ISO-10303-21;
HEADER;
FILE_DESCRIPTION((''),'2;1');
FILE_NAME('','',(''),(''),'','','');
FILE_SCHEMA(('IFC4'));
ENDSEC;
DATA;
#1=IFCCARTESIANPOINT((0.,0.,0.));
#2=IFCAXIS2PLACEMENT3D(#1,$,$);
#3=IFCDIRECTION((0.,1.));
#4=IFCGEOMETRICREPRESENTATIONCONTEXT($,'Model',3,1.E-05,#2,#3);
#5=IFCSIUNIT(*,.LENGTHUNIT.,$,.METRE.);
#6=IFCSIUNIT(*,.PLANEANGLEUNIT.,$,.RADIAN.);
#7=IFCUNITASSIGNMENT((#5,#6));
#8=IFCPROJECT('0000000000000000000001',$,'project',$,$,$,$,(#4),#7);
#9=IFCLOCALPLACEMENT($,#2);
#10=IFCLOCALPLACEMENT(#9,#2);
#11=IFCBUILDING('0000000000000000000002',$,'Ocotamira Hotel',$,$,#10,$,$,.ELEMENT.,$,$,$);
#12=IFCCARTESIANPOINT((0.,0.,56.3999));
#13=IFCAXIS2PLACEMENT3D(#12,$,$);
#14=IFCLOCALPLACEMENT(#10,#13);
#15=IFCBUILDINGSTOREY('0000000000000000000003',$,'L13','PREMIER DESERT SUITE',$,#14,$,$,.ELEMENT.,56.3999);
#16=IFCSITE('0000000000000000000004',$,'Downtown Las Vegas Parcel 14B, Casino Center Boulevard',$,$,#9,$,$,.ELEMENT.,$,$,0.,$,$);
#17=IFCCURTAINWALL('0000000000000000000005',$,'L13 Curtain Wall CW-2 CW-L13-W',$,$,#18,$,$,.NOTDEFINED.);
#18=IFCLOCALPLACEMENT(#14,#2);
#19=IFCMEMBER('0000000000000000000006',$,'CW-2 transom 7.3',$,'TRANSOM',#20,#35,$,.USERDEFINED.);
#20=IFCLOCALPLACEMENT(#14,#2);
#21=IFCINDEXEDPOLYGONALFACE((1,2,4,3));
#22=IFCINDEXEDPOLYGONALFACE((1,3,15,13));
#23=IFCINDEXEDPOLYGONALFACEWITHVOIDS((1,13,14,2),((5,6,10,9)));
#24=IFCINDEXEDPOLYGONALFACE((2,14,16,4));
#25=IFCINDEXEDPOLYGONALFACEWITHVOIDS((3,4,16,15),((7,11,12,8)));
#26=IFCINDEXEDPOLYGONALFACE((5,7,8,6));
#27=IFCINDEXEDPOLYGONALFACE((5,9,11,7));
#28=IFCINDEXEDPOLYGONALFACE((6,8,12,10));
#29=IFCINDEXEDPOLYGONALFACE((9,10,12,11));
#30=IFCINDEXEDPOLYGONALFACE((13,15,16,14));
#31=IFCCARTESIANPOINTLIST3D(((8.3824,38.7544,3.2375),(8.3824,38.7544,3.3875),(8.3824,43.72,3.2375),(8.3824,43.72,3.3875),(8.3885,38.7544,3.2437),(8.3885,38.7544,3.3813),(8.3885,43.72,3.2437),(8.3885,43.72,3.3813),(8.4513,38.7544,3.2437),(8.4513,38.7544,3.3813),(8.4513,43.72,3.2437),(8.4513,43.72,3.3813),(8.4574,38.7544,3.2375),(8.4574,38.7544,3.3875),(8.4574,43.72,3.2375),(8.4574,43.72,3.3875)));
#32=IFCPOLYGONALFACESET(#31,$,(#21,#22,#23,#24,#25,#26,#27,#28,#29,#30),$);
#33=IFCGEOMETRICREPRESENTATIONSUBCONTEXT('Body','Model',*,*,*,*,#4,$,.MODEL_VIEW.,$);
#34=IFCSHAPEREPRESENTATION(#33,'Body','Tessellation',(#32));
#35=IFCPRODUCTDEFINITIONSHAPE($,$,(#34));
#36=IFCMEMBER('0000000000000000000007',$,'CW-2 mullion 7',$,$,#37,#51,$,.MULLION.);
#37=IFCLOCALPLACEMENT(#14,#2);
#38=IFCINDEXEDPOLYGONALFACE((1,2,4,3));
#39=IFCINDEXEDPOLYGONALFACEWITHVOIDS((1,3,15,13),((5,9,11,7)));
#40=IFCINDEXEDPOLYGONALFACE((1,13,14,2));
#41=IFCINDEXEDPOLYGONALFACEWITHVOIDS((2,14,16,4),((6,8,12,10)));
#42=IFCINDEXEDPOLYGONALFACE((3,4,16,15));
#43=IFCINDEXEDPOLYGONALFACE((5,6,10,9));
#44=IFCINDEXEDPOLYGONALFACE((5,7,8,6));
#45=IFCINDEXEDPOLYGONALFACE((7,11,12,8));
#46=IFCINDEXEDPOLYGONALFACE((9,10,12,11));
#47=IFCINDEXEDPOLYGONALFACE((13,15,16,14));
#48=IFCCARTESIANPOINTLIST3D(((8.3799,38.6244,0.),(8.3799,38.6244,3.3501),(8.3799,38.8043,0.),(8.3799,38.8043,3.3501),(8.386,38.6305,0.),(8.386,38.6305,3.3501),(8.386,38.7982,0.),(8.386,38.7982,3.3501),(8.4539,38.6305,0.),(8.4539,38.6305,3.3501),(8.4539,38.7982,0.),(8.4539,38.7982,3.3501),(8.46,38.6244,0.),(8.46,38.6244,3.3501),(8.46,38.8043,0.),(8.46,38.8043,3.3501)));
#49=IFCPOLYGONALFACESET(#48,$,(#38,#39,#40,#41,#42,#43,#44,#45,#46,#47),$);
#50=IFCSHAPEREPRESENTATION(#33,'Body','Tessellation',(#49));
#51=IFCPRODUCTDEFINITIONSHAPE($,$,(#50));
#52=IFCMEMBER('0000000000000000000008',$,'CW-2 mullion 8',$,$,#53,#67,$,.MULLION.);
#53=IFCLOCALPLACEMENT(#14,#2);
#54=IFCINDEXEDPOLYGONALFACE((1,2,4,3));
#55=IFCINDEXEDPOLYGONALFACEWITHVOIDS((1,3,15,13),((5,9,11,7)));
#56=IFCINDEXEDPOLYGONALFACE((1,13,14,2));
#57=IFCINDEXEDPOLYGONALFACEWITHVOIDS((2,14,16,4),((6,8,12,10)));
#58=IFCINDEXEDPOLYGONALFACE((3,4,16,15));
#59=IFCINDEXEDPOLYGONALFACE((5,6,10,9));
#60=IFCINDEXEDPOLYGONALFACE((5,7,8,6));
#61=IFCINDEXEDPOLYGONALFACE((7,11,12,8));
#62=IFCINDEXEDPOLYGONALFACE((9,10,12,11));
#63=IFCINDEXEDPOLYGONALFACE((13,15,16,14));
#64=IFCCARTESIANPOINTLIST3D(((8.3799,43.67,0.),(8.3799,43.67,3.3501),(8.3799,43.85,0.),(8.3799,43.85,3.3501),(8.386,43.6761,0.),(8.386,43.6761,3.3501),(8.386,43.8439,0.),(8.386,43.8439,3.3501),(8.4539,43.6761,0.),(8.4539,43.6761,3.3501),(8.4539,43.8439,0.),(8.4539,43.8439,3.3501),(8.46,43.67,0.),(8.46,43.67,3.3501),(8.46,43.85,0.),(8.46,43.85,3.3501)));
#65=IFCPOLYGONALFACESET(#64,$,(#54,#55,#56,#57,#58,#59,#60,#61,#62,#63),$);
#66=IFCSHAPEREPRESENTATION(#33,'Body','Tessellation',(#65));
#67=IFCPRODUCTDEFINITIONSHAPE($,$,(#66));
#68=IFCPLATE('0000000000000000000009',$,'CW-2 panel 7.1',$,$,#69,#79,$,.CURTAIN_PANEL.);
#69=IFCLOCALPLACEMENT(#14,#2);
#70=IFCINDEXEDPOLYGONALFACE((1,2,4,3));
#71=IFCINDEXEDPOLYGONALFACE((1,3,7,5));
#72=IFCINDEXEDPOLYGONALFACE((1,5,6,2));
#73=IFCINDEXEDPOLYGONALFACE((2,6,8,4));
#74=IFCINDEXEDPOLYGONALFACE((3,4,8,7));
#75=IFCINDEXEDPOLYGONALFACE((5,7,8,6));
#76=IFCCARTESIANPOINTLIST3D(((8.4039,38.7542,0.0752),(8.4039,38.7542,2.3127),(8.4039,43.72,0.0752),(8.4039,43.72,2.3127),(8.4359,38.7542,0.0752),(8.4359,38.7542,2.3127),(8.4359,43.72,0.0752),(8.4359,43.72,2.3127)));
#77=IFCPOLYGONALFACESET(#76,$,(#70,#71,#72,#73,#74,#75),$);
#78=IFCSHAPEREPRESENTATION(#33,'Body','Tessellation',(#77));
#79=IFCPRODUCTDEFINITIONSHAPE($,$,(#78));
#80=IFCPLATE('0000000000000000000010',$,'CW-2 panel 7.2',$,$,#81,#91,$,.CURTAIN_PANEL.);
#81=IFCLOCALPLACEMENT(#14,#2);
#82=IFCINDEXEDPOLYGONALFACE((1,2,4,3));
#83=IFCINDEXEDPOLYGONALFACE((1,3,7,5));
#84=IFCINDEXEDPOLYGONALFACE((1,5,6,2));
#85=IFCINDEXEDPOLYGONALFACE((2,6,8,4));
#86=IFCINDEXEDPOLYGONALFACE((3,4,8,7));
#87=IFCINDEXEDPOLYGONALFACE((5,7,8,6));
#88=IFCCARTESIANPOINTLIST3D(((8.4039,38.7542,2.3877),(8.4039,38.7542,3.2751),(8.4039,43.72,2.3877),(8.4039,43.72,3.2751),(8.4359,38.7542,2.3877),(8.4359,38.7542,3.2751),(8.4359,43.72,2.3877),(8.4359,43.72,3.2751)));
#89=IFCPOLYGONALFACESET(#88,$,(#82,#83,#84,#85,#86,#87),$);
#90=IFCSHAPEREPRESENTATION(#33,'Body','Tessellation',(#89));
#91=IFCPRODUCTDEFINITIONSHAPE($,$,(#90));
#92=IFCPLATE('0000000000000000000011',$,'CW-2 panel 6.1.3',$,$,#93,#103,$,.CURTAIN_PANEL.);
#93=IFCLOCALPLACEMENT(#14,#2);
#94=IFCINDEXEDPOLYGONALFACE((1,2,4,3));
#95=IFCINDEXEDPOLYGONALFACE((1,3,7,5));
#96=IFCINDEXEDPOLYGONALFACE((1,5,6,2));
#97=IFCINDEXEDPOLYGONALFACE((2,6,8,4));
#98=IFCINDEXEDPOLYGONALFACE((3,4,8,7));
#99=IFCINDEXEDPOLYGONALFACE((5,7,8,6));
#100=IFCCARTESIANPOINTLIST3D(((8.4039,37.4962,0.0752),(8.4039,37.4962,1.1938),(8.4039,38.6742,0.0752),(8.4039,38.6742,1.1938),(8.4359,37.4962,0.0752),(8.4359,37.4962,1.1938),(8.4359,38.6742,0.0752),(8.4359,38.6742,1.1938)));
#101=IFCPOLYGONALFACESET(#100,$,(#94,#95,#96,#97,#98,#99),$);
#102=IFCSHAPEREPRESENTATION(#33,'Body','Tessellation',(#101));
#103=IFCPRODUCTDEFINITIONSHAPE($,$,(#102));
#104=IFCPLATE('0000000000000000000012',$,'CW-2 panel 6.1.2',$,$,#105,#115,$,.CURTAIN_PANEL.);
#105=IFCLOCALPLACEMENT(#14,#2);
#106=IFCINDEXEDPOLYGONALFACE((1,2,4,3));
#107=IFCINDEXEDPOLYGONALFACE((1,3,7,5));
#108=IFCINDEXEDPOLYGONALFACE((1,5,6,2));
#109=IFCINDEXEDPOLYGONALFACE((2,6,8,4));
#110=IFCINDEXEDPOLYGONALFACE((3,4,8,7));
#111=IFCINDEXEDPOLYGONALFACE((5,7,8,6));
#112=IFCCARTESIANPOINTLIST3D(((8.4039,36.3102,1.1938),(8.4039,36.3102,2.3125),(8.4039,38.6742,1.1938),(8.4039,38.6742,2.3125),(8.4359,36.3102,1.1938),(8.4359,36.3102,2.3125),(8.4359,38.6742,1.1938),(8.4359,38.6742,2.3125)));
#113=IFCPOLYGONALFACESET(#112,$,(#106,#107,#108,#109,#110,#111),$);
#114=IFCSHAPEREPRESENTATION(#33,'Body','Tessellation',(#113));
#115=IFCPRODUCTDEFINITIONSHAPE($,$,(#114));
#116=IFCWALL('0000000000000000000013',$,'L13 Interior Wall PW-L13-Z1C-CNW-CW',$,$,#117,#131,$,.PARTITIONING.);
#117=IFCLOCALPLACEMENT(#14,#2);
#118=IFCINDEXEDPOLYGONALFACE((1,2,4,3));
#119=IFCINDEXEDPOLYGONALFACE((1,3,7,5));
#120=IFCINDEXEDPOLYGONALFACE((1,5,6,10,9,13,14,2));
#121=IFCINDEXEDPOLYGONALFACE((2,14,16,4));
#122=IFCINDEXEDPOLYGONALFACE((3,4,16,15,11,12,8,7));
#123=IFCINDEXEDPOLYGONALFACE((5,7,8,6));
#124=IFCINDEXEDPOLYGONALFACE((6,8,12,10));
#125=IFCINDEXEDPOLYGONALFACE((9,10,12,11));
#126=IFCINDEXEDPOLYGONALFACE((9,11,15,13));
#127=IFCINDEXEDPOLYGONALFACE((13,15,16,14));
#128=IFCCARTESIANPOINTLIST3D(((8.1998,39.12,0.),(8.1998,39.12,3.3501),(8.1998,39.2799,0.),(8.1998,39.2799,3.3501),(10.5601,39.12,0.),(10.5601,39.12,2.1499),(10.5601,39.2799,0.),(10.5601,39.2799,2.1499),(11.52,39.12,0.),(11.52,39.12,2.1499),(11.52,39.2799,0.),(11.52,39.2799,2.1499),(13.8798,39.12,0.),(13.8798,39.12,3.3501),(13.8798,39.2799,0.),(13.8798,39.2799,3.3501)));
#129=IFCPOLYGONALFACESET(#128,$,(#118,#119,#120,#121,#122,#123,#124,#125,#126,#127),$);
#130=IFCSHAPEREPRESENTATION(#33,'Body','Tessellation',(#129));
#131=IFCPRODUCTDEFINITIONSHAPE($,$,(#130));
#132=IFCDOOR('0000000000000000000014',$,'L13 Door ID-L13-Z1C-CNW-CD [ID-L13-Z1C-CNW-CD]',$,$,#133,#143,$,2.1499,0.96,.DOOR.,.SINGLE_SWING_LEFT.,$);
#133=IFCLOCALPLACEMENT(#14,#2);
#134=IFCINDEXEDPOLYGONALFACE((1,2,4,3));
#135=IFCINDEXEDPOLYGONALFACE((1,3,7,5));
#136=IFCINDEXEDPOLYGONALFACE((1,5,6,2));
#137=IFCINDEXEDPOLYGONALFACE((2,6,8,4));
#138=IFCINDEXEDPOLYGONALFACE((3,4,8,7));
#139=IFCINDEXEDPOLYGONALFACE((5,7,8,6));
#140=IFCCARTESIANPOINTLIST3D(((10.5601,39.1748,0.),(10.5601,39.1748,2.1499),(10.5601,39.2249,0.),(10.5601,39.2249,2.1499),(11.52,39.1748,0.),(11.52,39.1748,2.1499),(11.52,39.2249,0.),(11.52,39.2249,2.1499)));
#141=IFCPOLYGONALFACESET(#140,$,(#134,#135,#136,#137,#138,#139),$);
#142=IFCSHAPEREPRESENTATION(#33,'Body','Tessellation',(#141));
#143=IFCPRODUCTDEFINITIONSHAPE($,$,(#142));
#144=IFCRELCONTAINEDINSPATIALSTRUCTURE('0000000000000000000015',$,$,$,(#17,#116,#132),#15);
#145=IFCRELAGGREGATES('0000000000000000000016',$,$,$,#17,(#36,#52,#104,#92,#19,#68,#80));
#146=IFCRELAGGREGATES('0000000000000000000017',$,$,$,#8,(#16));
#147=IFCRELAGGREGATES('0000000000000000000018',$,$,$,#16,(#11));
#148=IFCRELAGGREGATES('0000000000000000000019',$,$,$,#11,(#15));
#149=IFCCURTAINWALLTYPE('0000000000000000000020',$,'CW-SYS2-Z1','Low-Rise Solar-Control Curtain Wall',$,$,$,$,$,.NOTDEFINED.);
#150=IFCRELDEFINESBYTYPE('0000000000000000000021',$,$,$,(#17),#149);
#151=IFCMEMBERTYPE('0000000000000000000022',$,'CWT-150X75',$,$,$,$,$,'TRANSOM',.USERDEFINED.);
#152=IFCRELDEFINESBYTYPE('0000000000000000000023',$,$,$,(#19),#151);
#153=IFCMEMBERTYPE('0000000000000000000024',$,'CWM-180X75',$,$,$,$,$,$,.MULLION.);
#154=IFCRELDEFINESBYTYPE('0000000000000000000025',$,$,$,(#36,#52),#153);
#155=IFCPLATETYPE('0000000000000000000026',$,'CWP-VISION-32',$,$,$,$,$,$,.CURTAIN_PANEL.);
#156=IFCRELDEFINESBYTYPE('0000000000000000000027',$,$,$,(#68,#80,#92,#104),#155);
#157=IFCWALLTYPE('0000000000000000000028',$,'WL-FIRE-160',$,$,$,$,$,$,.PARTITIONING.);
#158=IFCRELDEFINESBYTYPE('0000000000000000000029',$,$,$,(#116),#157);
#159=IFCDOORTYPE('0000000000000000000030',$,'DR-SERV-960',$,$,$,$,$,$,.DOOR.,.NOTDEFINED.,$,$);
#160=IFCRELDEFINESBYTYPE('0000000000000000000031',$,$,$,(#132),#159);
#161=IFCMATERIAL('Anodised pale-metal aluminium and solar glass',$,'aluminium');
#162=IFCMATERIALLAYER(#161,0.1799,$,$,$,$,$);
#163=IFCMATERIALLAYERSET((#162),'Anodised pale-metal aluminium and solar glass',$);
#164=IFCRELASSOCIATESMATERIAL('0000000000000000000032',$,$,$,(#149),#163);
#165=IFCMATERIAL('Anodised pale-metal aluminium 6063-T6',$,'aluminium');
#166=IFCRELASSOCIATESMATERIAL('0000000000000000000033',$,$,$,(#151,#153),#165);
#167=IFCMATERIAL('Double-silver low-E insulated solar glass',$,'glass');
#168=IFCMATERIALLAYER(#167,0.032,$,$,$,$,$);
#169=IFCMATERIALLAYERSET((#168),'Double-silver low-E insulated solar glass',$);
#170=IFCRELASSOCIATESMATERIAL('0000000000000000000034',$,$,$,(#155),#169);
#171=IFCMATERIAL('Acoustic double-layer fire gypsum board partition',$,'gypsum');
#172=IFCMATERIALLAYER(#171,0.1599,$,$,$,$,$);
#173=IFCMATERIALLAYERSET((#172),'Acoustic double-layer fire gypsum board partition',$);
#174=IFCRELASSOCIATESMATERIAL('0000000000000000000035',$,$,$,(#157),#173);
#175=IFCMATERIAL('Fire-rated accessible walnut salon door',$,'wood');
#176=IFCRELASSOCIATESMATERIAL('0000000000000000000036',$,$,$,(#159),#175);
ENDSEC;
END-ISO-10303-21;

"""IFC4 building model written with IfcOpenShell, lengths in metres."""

from ifc_helpers import new_model, si_unit, direction, frame, frame_2d, origin, origin_2d, place, context, subcontext, project, spatial, rectangle, hollow_rectangle, extrude, source, transform, mapped, material, layer, layer_set, material_profile, profile_set, type_object, element, fill, aggregate, save


model = new_model("IFC4")

# Units and contexts
model_context = context("Model", 3, precision=1e-05, world=origin(), true_north=direction((0.0, 1.0)))
body_context = subcontext(model_context, "Body", "Model", "MODEL_VIEW")
ifc_project = project(units=[si_unit("LENGTHUNIT", "METRE"), si_unit("PLANEANGLEUNIT", "RADIAN")], contexts=[model_context])

# Site, building, storey
site_placement = place(None, origin())
site = spatial("IfcSite", under=ifc_project, at=site_placement, Name="Downtown Las Vegas Parcel 14B, Casino Center Boulevard", CompositionType="ELEMENT", RefElevation=0.0)
building_placement = place(site_placement, origin())
building = spatial("IfcBuilding", under=site, at=building_placement, Name="Ocotamira Hotel", CompositionType="ELEMENT")
storey_placement = place(building_placement, frame((0.0, 0.0, 56.3999)))
storey = spatial("IfcBuildingStorey", under=building, at=storey_placement, Name="L13", Description="PREMIER DESERT SUITE", CompositionType="ELEMENT", Elevation=56.3999)

# Curtain wall, members, plates
ifc_material_1 = material(Name="Anodised pale-metal aluminium and solar glass", Category="aluminium")
ifc_layer_1 = layer(ifc_material_1, 0.1799)
ifc_layer_set_1 = layer_set([ifc_layer_1], Name="Anodised pale-metal aluminium and solar glass")
curtain_wall_type = type_object("IfcCurtainWallType", Name="CW-SYS2-Z1", Description="Low-Rise Solar-Control Curtain Wall", PredefinedType="NOTDEFINED", material=ifc_layer_set_1)
curtain_wall_placement = place(storey_placement, origin())
curtain_wall = element("IfcCurtainWall", 1, at=curtain_wall_placement, inside=storey, type_object=curtain_wall_type, Name="L13 Curtain Wall CW-2 CW-L13-W", PredefinedType="NOTDEFINED")
ifc_material_2 = material(Name="Anodised pale-metal aluminium 6063-T6", Category="aluminium")
ifc_material_profile_1 = material_profile(ifc_material_2, hollow_rectangle(XDim=0.075, YDim=0.1499, WallThickness=0.0061, at=origin_2d()), Name="HSS150X75X6")
ifc_profile_set_1 = profile_set([ifc_material_profile_1], Name="Anodised pale-metal aluminium 6063-T6")
member_type_1 = type_object("IfcMemberType", Name="CWT-150X75", ElementType="TRANSOM", PredefinedType="USERDEFINED", material=ifc_profile_set_1)
shared_shape_1 = source(origin(), body_context, "Body", "SweptSolid", [
    extrude(hollow_rectangle(XDim=0.075, YDim=0.1499, WallThickness=0.0061, at=origin_2d()), origin(), (0.0, 0.0, 1.0), 4.9656),
])
member_1_placement = place(storey_placement, frame((8.4199, 38.7544, 3.3125), z_axis=(0.0, 1.0, 0.0), x_axis=(-1.0, 0.0, 0.0)))
member_1 = element("IfcMember", 2, at=member_1_placement, type_object=member_type_1, Name="CW-2 transom 7.3", ObjectType="TRANSOM", PredefinedType="USERDEFINED", context=body_context, shape_type="MappedRepresentation", body=[
    mapped(shared_shape_1, transform((0.0, 0.0, 0.0), scale=1.0)),
])
ifc_material_profile_2 = material_profile(ifc_material_2, hollow_rectangle(XDim=0.0801, YDim=0.1799, WallThickness=0.0061, at=origin_2d()), Name="HSS180X80X6")
ifc_profile_set_2 = profile_set([ifc_material_profile_2], Name="Anodised pale-metal aluminium 6063-T6")
member_type_2 = type_object("IfcMemberType", Name="CWM-180X75", PredefinedType="MULLION", material=ifc_profile_set_2)
shared_shape_2 = source(origin(), body_context, "Body", "SweptSolid", [
    extrude(hollow_rectangle(XDim=0.0801, YDim=0.1799, WallThickness=0.0061, at=origin_2d()), origin(), (0.0, 0.0, 1.0), 3.3501),
])
member_2_placement = place(storey_placement, frame((8.4199, 38.7144, 0.0), z_axis=(0.0, 0.0, 1.0), x_axis=(-1.0, 0.0, 0.0)))
member_2 = element("IfcMember", 3, at=member_2_placement, type_object=member_type_2, Name="CW-2 mullion 7", PredefinedType="MULLION", context=body_context, shape_type="MappedRepresentation", body=[
    mapped(shared_shape_2, transform((0.0, 0.0, 0.0), scale=1.0)),
])
member_3_placement = place(storey_placement, frame((8.4199, 43.76, 0.0), z_axis=(0.0, 0.0, 1.0), x_axis=(-1.0, 0.0, 0.0)))
member_3 = element("IfcMember", 4, at=member_3_placement, type_object=member_type_2, Name="CW-2 mullion 8", PredefinedType="MULLION", context=body_context, shape_type="MappedRepresentation", body=[
    mapped(shared_shape_2, transform((0.0, 0.0, 0.0), scale=1.0)),
])
ifc_material_3 = material(Name="Double-silver low-E insulated solar glass", Category="glass")
ifc_layer_2 = layer(ifc_material_3, 0.032)
ifc_layer_set_2 = layer_set([ifc_layer_2], Name="Double-silver low-E insulated solar glass")
plate_type = type_object("IfcPlateType", Name="CWP-VISION-32", PredefinedType="CURTAIN_PANEL", material=ifc_layer_set_2)
shared_shape_3 = source(origin(), body_context, "Body", "SweptSolid", [
    extrude(rectangle(XDim=4.9658, YDim=0.032, at=origin_2d()), origin(), (0.0, 0.0, 1.0), 2.2375),
])
plate_1_placement = place(storey_placement, frame((8.4199, 41.2371, 0.0752), z_axis=(0.0, 0.0, 1.0), x_axis=(0.0, 1.0, 0.0)))
plate_1 = element("IfcPlate", 5, at=plate_1_placement, type_object=plate_type, Name="CW-2 panel 7.1", PredefinedType="CURTAIN_PANEL", context=body_context, shape_type="MappedRepresentation", body=[
    mapped(shared_shape_3, transform((0.0, 0.0, 0.0), scale=1.0)),
])
shared_shape_4 = source(origin(), body_context, "Body", "SweptSolid", [
    extrude(rectangle(XDim=4.9658, YDim=0.032, at=origin_2d()), origin(), (0.0, 0.0, 1.0), 0.8875),
])
plate_2_placement = place(storey_placement, frame((8.4199, 41.2371, 2.3877), z_axis=(0.0, 0.0, 1.0), x_axis=(0.0, 1.0, 0.0)))
plate_2 = element("IfcPlate", 6, at=plate_2_placement, type_object=plate_type, Name="CW-2 panel 7.2", PredefinedType="CURTAIN_PANEL", context=body_context, shape_type="MappedRepresentation", body=[
    mapped(shared_shape_4, transform((0.0, 0.0, 0.0), scale=1.0)),
])
shared_shape_5 = source(origin(), body_context, "Body", "SweptSolid", [
    extrude(rectangle(XDim=1.178, YDim=0.032, at=origin_2d()), origin(), (0.0, 0.0, 1.0), 1.1187),
])
plate_3_placement = place(storey_placement, frame((8.4199, 38.0852, 0.0752), z_axis=(0.0, 0.0, 1.0), x_axis=(0.0, 1.0, 0.0)))
plate_3 = element("IfcPlate", 7, at=plate_3_placement, type_object=plate_type, Name="CW-2 panel 6.1.3", PredefinedType="CURTAIN_PANEL", context=body_context, shape_type="MappedRepresentation", body=[
    mapped(shared_shape_5, transform((0.0, 0.0, 0.0), scale=1.0)),
])
shared_shape_6 = source(origin(), body_context, "Body", "SweptSolid", [
    extrude(rectangle(XDim=2.364, YDim=0.032, at=origin_2d()), origin(), (0.0, 0.0, 1.0), 1.1187),
])
plate_4_placement = place(storey_placement, frame((8.4199, 37.4922, 1.1938), z_axis=(0.0, 0.0, 1.0), x_axis=(0.0, 1.0, 0.0)))
plate_4 = element("IfcPlate", 8, at=plate_4_placement, type_object=plate_type, Name="CW-2 panel 6.1.2", PredefinedType="CURTAIN_PANEL", context=body_context, shape_type="MappedRepresentation", body=[
    mapped(shared_shape_6, transform((0.0, 0.0, 0.0), scale=1.0)),
])
aggregate(curtain_wall, [member_2, member_3, plate_4, plate_3, member_1, plate_1, plate_2])

# Wall, opening, door
ifc_material_4 = material(Name="Acoustic double-layer fire gypsum board partition", Category="gypsum")
ifc_layer_3 = layer(ifc_material_4, 0.1599)
ifc_layer_set_3 = layer_set([ifc_layer_3], Name="Acoustic double-layer fire gypsum board partition")
wall_type_1 = type_object("IfcWallType", Name="WL-FIRE-160", PredefinedType="PARTITIONING", material=ifc_layer_set_3)
wall_1_placement = place(storey_placement, frame((8.2, 39.2, 0.0), z_axis=(0.0, 0.0, 1.0), x_axis=(1.0, 0.0, 0.0)))
wall_1 = element("IfcWall", 9, at=wall_1_placement, inside=storey, type_object=wall_type_1, Name="L13 Interior Wall PW-L13-Z1C-CNW-CW", PredefinedType="PARTITIONING", context=body_context, shape_type="SweptSolid", body=[
    extrude(rectangle(XDim=5.6799, YDim=0.1599, at=frame_2d((2.8398, 0.0))), origin(), (0.0, 0.0, 1.0), 3.3501),
])
opening_1_placement = place(wall_1_placement, frame((2.3601, 0.0, 0.0)))
opening_1 = element("IfcOpeningElement", 10, at=opening_1_placement, cuts=wall_1, PredefinedType="OPENING", context=body_context, shape_type="SweptSolid", body=[
    extrude(rectangle(XDim=0.96, YDim=2.1499, at=frame_2d((0.48, 1.075))), frame((0.0, 0.0898, 0.0), z_axis=(0.0, -1.0, 0.0), x_axis=(1.0, 0.0, 0.0)), (0.0, 0.0, 1.0), 0.1799),
])
ifc_material_5 = material(Name="Fire-rated accessible walnut salon door", Category="wood")
door_type_1 = type_object("IfcDoorType", Name="DR-SERV-960", OperationType="NOTDEFINED", PredefinedType="DOOR", material=ifc_material_5)
shared_shape_7 = source(origin(), body_context, "Body", "SweptSolid", [
    extrude(rectangle(XDim=0.96, YDim=2.1499, at=frame_2d((0.48, 1.075))), frame((0.0, 0.0249, 0.0), z_axis=(0.0, -1.0, 0.0), x_axis=(1.0, 0.0, 0.0)), (0.0, 0.0, 1.0), 0.05),
])
door_1_placement = place(opening_1_placement, origin())
door_1 = element("IfcDoor", 11, at=door_1_placement, inside=storey, type_object=door_type_1, Name="L13 Door ID-L13-Z1C-CNW-CD [ID-L13-Z1C-CNW-CD]", OperationType="SINGLE_SWING_LEFT", OverallHeight=2.1499, OverallWidth=0.96, PredefinedType="DOOR", context=body_context, shape_type="MappedRepresentation", body=[
    mapped(shared_shape_7, transform((0.0, 0.0, 0.0), scale=1.0)),
])
fill(opening_1, door_1)

save(model, "model.ifc")
